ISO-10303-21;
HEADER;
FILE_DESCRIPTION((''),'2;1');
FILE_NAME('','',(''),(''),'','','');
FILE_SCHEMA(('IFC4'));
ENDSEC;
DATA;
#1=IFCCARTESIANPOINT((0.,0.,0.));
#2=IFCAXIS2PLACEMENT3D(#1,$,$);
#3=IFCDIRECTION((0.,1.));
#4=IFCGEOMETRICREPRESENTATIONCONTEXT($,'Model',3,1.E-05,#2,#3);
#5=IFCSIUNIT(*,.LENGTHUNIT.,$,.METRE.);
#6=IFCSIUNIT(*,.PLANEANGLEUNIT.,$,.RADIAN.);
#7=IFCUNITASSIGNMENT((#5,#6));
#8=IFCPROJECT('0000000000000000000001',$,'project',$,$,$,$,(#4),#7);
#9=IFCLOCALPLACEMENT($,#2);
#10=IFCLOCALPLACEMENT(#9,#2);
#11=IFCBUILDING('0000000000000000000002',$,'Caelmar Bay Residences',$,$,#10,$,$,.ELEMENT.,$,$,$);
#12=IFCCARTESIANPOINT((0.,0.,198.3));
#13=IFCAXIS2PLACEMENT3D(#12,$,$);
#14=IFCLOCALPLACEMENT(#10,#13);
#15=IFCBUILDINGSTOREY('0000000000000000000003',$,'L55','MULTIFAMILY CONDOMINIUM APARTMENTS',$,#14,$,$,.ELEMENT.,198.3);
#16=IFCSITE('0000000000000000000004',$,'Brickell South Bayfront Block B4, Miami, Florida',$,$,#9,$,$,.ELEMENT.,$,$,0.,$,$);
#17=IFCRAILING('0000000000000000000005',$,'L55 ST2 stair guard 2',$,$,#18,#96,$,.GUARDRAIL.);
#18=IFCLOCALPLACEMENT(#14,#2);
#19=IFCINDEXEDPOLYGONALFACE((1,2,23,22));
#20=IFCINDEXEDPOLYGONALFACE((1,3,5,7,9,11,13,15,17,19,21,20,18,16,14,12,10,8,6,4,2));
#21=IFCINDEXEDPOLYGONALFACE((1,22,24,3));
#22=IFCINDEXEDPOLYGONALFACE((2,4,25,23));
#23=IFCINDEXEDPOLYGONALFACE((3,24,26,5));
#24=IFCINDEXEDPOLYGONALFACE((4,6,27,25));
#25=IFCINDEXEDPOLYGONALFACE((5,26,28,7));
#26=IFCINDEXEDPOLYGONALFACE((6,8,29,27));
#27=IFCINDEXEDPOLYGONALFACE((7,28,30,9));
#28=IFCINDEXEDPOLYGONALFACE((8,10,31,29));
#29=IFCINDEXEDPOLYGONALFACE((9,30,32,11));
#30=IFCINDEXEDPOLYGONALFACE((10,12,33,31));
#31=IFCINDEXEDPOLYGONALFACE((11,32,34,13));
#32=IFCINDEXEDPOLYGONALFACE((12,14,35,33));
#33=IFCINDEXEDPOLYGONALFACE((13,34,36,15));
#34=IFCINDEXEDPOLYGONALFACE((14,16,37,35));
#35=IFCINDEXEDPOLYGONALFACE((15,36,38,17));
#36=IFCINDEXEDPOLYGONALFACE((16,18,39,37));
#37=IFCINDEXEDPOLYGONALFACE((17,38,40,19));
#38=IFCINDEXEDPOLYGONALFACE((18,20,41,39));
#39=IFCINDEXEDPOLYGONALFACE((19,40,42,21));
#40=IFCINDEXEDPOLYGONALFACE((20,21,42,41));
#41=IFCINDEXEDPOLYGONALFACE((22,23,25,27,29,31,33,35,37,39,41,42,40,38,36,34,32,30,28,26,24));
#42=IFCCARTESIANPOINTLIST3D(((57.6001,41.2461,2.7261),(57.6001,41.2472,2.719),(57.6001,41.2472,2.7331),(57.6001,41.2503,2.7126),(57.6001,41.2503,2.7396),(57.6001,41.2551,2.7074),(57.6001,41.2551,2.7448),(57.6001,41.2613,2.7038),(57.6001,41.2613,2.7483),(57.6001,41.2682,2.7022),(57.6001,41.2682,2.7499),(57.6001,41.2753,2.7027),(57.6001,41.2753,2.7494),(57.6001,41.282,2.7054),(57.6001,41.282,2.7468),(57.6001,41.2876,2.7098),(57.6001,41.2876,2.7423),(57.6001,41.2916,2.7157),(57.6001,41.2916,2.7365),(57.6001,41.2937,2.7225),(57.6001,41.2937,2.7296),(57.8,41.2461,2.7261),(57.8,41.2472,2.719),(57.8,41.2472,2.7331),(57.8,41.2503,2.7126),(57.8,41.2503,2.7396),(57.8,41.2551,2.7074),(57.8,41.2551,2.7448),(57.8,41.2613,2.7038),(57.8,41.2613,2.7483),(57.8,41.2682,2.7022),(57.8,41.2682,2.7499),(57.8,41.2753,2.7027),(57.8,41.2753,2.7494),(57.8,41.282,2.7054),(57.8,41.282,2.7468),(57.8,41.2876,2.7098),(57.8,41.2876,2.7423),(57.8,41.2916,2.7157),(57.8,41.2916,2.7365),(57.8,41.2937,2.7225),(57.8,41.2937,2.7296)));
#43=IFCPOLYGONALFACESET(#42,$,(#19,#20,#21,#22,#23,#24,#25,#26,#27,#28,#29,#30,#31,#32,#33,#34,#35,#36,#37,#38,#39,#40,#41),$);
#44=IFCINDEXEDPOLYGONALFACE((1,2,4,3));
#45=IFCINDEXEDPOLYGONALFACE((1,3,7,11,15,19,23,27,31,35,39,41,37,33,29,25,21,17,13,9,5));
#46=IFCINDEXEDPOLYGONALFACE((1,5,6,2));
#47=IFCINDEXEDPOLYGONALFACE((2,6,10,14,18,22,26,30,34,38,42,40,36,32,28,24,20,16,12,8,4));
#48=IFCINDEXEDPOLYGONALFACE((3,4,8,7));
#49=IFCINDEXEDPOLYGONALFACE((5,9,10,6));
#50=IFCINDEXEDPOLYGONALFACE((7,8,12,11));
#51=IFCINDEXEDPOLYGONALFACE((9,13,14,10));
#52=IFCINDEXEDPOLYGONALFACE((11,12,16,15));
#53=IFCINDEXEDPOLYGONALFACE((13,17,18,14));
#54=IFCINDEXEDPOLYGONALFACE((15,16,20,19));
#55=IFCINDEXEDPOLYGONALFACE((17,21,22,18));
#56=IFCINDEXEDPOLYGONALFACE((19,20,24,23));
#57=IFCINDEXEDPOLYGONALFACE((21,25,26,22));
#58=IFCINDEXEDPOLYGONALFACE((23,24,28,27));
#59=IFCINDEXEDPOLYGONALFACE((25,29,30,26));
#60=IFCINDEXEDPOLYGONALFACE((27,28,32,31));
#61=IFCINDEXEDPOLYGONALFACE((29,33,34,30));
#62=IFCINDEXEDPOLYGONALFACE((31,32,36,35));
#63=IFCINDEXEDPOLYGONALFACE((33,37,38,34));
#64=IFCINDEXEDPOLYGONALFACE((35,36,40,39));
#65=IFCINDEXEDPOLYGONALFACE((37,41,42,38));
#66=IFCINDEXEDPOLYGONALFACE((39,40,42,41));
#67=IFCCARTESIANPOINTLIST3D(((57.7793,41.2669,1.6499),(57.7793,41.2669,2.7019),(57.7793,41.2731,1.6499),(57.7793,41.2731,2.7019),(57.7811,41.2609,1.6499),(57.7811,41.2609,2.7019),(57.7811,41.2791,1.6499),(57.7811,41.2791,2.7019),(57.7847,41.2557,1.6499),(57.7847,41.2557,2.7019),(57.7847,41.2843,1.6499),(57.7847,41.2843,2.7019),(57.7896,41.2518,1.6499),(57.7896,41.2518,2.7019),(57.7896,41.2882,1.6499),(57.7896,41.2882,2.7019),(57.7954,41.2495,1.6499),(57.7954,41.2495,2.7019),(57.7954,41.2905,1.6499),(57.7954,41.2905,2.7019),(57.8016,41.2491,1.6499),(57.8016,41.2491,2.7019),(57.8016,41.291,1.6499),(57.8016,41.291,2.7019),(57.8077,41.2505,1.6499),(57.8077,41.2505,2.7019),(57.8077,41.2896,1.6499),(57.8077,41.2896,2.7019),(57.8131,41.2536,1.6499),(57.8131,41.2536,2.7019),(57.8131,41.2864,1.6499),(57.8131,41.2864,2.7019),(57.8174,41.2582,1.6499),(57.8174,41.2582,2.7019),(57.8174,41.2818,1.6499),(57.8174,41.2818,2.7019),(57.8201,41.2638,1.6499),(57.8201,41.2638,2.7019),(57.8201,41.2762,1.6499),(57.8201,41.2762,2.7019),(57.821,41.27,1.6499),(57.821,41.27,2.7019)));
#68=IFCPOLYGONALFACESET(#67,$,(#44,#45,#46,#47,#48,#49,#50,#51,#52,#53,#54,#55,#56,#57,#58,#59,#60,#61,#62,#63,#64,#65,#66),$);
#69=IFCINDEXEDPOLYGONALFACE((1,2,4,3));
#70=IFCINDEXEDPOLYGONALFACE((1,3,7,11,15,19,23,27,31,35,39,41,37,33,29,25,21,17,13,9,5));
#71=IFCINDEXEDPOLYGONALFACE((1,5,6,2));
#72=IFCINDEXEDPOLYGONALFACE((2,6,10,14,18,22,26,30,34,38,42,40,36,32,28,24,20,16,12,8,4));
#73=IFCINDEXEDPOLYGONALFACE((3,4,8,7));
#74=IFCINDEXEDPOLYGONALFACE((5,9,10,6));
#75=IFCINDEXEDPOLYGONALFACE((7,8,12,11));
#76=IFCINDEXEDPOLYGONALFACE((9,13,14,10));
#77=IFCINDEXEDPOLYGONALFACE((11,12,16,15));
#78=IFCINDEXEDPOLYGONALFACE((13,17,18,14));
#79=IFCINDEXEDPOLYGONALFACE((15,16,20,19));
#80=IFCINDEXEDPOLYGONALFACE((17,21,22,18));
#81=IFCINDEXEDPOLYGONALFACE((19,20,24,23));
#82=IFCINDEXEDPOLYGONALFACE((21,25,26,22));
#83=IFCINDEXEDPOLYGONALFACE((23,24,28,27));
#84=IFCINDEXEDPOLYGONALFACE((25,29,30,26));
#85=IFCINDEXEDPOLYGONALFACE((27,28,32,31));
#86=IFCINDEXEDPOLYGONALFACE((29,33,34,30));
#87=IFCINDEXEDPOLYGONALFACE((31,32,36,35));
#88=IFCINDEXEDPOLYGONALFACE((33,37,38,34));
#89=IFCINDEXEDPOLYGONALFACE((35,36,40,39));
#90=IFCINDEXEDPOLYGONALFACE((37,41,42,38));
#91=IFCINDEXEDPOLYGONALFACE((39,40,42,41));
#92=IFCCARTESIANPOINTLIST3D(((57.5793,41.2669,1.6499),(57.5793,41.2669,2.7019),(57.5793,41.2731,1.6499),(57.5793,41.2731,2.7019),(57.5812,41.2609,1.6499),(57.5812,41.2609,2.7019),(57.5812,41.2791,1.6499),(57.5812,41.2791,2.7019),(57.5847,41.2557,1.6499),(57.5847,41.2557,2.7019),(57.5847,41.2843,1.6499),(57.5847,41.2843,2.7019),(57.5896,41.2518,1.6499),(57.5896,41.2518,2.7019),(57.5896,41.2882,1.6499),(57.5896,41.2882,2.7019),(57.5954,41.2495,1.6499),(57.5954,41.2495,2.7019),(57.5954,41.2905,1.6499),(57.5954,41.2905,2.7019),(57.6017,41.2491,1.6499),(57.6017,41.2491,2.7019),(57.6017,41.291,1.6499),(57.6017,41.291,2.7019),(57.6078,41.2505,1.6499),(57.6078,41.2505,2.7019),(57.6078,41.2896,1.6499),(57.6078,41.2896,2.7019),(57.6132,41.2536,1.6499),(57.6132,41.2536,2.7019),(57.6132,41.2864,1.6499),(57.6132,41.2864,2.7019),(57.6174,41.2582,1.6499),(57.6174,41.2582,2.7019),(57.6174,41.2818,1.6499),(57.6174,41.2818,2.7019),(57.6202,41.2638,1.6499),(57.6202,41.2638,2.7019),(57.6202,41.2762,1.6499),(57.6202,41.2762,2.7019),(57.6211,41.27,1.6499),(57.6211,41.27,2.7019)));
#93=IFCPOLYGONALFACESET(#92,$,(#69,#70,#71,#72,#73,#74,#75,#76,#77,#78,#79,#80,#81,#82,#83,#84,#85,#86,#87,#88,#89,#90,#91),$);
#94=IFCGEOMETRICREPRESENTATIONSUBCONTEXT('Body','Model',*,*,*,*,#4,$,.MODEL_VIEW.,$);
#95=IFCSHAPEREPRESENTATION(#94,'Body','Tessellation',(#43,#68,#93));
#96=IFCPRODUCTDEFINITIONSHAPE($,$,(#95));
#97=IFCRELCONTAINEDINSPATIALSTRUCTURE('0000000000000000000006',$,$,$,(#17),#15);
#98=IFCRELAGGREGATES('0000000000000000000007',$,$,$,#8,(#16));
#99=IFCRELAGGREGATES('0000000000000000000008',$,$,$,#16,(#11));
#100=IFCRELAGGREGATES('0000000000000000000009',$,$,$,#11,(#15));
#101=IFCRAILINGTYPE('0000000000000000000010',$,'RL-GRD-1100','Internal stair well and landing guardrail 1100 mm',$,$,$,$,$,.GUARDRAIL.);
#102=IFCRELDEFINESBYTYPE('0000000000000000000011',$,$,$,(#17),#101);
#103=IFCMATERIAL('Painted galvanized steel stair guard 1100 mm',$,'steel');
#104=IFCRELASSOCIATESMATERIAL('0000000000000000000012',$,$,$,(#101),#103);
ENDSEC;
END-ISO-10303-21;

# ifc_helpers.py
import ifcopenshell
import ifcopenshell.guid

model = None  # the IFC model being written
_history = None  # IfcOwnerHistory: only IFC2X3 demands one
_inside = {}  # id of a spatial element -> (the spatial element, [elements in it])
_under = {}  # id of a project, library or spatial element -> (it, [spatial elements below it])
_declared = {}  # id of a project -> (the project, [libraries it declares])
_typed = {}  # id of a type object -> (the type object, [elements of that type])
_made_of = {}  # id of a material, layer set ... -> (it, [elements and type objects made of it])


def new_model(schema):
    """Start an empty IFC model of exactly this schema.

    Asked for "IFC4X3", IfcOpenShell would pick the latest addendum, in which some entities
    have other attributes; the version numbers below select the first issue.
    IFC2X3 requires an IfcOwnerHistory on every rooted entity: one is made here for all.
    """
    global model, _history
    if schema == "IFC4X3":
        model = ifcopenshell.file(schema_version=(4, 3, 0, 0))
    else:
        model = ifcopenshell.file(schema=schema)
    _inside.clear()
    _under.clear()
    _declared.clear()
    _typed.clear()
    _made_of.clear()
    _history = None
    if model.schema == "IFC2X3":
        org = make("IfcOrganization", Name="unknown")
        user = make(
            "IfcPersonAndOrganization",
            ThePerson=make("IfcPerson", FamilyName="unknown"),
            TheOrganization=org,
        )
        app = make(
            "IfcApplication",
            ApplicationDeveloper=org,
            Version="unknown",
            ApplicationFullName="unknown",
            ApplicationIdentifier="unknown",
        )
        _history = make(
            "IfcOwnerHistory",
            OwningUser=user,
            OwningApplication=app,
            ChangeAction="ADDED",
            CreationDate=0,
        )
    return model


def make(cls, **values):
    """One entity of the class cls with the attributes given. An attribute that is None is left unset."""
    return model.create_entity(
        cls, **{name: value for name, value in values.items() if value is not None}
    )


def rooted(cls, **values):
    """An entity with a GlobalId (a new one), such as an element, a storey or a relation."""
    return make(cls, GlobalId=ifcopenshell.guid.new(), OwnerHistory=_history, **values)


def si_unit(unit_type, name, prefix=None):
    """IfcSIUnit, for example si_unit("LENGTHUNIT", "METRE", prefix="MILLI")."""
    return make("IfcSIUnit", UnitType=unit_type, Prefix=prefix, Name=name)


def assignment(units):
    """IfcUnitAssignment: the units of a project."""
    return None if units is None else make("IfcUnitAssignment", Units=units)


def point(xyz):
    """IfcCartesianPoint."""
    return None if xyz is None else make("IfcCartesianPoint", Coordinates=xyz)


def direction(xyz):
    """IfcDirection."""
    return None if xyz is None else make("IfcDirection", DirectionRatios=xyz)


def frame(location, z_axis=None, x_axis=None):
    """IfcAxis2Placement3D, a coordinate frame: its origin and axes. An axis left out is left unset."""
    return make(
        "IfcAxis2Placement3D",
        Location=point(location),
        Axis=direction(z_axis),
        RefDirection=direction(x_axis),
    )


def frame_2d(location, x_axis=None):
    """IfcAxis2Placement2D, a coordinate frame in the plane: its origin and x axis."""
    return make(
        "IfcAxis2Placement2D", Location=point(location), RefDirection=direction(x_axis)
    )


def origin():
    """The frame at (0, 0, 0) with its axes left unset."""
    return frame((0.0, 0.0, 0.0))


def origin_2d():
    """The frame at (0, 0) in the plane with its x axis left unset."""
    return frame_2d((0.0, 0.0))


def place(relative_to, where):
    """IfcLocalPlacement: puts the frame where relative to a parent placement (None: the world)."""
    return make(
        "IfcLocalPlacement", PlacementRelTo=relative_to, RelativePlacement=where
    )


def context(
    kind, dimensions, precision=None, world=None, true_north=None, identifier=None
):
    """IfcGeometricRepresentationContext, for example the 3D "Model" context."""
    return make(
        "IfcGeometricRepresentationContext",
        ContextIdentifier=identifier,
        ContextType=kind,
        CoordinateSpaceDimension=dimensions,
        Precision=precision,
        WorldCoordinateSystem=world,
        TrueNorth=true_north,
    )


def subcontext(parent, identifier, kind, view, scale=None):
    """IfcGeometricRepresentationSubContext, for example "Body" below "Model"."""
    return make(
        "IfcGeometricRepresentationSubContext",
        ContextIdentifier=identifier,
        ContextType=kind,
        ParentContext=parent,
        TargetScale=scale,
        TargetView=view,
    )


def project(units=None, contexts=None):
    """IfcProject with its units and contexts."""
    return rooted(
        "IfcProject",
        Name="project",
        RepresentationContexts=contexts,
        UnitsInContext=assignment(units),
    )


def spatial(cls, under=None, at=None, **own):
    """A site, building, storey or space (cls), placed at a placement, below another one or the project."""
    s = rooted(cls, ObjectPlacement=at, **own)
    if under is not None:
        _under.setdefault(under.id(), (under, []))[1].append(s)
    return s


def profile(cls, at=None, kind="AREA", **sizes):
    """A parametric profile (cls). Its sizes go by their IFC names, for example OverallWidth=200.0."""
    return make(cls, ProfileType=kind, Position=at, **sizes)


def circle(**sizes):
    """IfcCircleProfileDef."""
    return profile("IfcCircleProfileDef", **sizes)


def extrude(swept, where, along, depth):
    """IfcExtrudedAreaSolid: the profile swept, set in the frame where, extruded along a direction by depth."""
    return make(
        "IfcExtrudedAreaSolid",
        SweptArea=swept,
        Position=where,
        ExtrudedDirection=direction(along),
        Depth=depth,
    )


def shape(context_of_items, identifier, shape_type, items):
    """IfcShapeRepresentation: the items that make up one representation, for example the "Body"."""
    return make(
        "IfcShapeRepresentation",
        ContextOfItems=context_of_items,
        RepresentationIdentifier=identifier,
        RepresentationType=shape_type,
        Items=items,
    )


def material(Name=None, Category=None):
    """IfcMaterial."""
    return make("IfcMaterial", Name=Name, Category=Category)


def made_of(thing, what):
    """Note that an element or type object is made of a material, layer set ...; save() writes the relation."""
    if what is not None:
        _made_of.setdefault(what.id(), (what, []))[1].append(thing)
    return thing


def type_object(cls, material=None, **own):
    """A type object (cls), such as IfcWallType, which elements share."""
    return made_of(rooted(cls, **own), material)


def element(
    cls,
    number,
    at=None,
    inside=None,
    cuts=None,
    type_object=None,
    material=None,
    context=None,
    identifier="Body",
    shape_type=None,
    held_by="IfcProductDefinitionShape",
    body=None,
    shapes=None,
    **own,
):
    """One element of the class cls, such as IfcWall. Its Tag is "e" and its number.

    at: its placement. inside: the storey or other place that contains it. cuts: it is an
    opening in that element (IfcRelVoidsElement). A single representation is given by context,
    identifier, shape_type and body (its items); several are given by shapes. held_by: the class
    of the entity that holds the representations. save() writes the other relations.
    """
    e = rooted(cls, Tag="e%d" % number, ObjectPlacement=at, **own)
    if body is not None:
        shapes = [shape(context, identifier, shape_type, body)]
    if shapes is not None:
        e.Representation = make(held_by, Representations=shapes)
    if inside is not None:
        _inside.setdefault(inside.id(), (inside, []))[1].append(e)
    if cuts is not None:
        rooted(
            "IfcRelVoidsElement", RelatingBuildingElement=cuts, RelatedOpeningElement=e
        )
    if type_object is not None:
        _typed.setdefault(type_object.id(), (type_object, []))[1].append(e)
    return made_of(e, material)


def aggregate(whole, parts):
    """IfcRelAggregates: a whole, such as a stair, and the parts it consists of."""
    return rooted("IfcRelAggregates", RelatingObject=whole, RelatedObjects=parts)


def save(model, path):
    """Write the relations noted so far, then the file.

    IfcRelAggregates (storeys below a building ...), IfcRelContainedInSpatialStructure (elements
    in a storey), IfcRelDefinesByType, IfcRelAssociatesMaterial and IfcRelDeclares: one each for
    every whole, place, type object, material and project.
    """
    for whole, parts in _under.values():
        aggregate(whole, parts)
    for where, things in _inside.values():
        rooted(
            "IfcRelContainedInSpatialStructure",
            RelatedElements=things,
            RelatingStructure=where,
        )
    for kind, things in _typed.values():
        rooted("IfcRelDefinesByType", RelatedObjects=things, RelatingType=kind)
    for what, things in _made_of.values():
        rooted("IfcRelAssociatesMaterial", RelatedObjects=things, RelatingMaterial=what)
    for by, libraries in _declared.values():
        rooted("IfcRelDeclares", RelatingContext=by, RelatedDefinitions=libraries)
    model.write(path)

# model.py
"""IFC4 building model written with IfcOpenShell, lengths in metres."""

from ifc_helpers import new_model, si_unit, direction, frame, origin, origin_2d, place, context, subcontext, project, spatial, circle, extrude, material, type_object, element, save


model = new_model("IFC4")

# Units and contexts
model_context = context("Model", 3, precision=1e-05, world=origin(), true_north=direction((0.0, 1.0)))
body_context = subcontext(model_context, "Body", "Model", "MODEL_VIEW")
ifc_project = project(units=[si_unit("LENGTHUNIT", "METRE"), si_unit("PLANEANGLEUNIT", "RADIAN")], contexts=[model_context])

# Site, building, storey
site_placement = place(None, origin())
site = spatial("IfcSite", under=ifc_project, at=site_placement, Name="Brickell South Bayfront Block B4, Miami, Florida", CompositionType="ELEMENT", RefElevation=0.0)
building_placement = place(site_placement, origin())
building = spatial("IfcBuilding", under=site, at=building_placement, Name="Caelmar Bay Residences", CompositionType="ELEMENT")
storey_placement = place(building_placement, frame((0.0, 0.0, 198.3)))
storey = spatial("IfcBuildingStorey", under=building, at=storey_placement, Name="L55", Description="MULTIFAMILY CONDOMINIUM APARTMENTS", CompositionType="ELEMENT", Elevation=198.3)

# Railing
ifc_material_1 = material(Name="Painted galvanized steel stair guard 1100 mm", Category="steel")
railing_type_1 = type_object("IfcRailingType", Name="RL-GRD-1100", Description="Internal stair well and landing guardrail 1100 mm", PredefinedType="GUARDRAIL", material=ifc_material_1)
railing_1_placement = place(storey_placement, frame((57.8, 41.27, 1.6499)))
element("IfcRailing", 1, at=railing_1_placement, inside=storey, type_object=railing_type_1, Name="L55 ST2 stair guard 2", PredefinedType="GUARDRAIL", context=body_context, shape_type="SweptSolid", body=[
    extrude(circle(Radius=0.0239, at=origin_2d()), frame((0.0, 0.0, 1.0762), z_axis=(-1.0, 0.0, 0.0), x_axis=(0.0, -1.0, 0.0)), (0.0, 0.0, 1.0), 0.2),
    extrude(circle(Radius=0.021, at=origin_2d()), origin(), (0.0, 0.0, 1.0), 1.052),
    extrude(circle(Radius=0.021, at=origin_2d()), frame((-0.2, 0.0, 0.0)), (0.0, 0.0, 1.0), 1.052),
])

save(model, "model.ifc")
